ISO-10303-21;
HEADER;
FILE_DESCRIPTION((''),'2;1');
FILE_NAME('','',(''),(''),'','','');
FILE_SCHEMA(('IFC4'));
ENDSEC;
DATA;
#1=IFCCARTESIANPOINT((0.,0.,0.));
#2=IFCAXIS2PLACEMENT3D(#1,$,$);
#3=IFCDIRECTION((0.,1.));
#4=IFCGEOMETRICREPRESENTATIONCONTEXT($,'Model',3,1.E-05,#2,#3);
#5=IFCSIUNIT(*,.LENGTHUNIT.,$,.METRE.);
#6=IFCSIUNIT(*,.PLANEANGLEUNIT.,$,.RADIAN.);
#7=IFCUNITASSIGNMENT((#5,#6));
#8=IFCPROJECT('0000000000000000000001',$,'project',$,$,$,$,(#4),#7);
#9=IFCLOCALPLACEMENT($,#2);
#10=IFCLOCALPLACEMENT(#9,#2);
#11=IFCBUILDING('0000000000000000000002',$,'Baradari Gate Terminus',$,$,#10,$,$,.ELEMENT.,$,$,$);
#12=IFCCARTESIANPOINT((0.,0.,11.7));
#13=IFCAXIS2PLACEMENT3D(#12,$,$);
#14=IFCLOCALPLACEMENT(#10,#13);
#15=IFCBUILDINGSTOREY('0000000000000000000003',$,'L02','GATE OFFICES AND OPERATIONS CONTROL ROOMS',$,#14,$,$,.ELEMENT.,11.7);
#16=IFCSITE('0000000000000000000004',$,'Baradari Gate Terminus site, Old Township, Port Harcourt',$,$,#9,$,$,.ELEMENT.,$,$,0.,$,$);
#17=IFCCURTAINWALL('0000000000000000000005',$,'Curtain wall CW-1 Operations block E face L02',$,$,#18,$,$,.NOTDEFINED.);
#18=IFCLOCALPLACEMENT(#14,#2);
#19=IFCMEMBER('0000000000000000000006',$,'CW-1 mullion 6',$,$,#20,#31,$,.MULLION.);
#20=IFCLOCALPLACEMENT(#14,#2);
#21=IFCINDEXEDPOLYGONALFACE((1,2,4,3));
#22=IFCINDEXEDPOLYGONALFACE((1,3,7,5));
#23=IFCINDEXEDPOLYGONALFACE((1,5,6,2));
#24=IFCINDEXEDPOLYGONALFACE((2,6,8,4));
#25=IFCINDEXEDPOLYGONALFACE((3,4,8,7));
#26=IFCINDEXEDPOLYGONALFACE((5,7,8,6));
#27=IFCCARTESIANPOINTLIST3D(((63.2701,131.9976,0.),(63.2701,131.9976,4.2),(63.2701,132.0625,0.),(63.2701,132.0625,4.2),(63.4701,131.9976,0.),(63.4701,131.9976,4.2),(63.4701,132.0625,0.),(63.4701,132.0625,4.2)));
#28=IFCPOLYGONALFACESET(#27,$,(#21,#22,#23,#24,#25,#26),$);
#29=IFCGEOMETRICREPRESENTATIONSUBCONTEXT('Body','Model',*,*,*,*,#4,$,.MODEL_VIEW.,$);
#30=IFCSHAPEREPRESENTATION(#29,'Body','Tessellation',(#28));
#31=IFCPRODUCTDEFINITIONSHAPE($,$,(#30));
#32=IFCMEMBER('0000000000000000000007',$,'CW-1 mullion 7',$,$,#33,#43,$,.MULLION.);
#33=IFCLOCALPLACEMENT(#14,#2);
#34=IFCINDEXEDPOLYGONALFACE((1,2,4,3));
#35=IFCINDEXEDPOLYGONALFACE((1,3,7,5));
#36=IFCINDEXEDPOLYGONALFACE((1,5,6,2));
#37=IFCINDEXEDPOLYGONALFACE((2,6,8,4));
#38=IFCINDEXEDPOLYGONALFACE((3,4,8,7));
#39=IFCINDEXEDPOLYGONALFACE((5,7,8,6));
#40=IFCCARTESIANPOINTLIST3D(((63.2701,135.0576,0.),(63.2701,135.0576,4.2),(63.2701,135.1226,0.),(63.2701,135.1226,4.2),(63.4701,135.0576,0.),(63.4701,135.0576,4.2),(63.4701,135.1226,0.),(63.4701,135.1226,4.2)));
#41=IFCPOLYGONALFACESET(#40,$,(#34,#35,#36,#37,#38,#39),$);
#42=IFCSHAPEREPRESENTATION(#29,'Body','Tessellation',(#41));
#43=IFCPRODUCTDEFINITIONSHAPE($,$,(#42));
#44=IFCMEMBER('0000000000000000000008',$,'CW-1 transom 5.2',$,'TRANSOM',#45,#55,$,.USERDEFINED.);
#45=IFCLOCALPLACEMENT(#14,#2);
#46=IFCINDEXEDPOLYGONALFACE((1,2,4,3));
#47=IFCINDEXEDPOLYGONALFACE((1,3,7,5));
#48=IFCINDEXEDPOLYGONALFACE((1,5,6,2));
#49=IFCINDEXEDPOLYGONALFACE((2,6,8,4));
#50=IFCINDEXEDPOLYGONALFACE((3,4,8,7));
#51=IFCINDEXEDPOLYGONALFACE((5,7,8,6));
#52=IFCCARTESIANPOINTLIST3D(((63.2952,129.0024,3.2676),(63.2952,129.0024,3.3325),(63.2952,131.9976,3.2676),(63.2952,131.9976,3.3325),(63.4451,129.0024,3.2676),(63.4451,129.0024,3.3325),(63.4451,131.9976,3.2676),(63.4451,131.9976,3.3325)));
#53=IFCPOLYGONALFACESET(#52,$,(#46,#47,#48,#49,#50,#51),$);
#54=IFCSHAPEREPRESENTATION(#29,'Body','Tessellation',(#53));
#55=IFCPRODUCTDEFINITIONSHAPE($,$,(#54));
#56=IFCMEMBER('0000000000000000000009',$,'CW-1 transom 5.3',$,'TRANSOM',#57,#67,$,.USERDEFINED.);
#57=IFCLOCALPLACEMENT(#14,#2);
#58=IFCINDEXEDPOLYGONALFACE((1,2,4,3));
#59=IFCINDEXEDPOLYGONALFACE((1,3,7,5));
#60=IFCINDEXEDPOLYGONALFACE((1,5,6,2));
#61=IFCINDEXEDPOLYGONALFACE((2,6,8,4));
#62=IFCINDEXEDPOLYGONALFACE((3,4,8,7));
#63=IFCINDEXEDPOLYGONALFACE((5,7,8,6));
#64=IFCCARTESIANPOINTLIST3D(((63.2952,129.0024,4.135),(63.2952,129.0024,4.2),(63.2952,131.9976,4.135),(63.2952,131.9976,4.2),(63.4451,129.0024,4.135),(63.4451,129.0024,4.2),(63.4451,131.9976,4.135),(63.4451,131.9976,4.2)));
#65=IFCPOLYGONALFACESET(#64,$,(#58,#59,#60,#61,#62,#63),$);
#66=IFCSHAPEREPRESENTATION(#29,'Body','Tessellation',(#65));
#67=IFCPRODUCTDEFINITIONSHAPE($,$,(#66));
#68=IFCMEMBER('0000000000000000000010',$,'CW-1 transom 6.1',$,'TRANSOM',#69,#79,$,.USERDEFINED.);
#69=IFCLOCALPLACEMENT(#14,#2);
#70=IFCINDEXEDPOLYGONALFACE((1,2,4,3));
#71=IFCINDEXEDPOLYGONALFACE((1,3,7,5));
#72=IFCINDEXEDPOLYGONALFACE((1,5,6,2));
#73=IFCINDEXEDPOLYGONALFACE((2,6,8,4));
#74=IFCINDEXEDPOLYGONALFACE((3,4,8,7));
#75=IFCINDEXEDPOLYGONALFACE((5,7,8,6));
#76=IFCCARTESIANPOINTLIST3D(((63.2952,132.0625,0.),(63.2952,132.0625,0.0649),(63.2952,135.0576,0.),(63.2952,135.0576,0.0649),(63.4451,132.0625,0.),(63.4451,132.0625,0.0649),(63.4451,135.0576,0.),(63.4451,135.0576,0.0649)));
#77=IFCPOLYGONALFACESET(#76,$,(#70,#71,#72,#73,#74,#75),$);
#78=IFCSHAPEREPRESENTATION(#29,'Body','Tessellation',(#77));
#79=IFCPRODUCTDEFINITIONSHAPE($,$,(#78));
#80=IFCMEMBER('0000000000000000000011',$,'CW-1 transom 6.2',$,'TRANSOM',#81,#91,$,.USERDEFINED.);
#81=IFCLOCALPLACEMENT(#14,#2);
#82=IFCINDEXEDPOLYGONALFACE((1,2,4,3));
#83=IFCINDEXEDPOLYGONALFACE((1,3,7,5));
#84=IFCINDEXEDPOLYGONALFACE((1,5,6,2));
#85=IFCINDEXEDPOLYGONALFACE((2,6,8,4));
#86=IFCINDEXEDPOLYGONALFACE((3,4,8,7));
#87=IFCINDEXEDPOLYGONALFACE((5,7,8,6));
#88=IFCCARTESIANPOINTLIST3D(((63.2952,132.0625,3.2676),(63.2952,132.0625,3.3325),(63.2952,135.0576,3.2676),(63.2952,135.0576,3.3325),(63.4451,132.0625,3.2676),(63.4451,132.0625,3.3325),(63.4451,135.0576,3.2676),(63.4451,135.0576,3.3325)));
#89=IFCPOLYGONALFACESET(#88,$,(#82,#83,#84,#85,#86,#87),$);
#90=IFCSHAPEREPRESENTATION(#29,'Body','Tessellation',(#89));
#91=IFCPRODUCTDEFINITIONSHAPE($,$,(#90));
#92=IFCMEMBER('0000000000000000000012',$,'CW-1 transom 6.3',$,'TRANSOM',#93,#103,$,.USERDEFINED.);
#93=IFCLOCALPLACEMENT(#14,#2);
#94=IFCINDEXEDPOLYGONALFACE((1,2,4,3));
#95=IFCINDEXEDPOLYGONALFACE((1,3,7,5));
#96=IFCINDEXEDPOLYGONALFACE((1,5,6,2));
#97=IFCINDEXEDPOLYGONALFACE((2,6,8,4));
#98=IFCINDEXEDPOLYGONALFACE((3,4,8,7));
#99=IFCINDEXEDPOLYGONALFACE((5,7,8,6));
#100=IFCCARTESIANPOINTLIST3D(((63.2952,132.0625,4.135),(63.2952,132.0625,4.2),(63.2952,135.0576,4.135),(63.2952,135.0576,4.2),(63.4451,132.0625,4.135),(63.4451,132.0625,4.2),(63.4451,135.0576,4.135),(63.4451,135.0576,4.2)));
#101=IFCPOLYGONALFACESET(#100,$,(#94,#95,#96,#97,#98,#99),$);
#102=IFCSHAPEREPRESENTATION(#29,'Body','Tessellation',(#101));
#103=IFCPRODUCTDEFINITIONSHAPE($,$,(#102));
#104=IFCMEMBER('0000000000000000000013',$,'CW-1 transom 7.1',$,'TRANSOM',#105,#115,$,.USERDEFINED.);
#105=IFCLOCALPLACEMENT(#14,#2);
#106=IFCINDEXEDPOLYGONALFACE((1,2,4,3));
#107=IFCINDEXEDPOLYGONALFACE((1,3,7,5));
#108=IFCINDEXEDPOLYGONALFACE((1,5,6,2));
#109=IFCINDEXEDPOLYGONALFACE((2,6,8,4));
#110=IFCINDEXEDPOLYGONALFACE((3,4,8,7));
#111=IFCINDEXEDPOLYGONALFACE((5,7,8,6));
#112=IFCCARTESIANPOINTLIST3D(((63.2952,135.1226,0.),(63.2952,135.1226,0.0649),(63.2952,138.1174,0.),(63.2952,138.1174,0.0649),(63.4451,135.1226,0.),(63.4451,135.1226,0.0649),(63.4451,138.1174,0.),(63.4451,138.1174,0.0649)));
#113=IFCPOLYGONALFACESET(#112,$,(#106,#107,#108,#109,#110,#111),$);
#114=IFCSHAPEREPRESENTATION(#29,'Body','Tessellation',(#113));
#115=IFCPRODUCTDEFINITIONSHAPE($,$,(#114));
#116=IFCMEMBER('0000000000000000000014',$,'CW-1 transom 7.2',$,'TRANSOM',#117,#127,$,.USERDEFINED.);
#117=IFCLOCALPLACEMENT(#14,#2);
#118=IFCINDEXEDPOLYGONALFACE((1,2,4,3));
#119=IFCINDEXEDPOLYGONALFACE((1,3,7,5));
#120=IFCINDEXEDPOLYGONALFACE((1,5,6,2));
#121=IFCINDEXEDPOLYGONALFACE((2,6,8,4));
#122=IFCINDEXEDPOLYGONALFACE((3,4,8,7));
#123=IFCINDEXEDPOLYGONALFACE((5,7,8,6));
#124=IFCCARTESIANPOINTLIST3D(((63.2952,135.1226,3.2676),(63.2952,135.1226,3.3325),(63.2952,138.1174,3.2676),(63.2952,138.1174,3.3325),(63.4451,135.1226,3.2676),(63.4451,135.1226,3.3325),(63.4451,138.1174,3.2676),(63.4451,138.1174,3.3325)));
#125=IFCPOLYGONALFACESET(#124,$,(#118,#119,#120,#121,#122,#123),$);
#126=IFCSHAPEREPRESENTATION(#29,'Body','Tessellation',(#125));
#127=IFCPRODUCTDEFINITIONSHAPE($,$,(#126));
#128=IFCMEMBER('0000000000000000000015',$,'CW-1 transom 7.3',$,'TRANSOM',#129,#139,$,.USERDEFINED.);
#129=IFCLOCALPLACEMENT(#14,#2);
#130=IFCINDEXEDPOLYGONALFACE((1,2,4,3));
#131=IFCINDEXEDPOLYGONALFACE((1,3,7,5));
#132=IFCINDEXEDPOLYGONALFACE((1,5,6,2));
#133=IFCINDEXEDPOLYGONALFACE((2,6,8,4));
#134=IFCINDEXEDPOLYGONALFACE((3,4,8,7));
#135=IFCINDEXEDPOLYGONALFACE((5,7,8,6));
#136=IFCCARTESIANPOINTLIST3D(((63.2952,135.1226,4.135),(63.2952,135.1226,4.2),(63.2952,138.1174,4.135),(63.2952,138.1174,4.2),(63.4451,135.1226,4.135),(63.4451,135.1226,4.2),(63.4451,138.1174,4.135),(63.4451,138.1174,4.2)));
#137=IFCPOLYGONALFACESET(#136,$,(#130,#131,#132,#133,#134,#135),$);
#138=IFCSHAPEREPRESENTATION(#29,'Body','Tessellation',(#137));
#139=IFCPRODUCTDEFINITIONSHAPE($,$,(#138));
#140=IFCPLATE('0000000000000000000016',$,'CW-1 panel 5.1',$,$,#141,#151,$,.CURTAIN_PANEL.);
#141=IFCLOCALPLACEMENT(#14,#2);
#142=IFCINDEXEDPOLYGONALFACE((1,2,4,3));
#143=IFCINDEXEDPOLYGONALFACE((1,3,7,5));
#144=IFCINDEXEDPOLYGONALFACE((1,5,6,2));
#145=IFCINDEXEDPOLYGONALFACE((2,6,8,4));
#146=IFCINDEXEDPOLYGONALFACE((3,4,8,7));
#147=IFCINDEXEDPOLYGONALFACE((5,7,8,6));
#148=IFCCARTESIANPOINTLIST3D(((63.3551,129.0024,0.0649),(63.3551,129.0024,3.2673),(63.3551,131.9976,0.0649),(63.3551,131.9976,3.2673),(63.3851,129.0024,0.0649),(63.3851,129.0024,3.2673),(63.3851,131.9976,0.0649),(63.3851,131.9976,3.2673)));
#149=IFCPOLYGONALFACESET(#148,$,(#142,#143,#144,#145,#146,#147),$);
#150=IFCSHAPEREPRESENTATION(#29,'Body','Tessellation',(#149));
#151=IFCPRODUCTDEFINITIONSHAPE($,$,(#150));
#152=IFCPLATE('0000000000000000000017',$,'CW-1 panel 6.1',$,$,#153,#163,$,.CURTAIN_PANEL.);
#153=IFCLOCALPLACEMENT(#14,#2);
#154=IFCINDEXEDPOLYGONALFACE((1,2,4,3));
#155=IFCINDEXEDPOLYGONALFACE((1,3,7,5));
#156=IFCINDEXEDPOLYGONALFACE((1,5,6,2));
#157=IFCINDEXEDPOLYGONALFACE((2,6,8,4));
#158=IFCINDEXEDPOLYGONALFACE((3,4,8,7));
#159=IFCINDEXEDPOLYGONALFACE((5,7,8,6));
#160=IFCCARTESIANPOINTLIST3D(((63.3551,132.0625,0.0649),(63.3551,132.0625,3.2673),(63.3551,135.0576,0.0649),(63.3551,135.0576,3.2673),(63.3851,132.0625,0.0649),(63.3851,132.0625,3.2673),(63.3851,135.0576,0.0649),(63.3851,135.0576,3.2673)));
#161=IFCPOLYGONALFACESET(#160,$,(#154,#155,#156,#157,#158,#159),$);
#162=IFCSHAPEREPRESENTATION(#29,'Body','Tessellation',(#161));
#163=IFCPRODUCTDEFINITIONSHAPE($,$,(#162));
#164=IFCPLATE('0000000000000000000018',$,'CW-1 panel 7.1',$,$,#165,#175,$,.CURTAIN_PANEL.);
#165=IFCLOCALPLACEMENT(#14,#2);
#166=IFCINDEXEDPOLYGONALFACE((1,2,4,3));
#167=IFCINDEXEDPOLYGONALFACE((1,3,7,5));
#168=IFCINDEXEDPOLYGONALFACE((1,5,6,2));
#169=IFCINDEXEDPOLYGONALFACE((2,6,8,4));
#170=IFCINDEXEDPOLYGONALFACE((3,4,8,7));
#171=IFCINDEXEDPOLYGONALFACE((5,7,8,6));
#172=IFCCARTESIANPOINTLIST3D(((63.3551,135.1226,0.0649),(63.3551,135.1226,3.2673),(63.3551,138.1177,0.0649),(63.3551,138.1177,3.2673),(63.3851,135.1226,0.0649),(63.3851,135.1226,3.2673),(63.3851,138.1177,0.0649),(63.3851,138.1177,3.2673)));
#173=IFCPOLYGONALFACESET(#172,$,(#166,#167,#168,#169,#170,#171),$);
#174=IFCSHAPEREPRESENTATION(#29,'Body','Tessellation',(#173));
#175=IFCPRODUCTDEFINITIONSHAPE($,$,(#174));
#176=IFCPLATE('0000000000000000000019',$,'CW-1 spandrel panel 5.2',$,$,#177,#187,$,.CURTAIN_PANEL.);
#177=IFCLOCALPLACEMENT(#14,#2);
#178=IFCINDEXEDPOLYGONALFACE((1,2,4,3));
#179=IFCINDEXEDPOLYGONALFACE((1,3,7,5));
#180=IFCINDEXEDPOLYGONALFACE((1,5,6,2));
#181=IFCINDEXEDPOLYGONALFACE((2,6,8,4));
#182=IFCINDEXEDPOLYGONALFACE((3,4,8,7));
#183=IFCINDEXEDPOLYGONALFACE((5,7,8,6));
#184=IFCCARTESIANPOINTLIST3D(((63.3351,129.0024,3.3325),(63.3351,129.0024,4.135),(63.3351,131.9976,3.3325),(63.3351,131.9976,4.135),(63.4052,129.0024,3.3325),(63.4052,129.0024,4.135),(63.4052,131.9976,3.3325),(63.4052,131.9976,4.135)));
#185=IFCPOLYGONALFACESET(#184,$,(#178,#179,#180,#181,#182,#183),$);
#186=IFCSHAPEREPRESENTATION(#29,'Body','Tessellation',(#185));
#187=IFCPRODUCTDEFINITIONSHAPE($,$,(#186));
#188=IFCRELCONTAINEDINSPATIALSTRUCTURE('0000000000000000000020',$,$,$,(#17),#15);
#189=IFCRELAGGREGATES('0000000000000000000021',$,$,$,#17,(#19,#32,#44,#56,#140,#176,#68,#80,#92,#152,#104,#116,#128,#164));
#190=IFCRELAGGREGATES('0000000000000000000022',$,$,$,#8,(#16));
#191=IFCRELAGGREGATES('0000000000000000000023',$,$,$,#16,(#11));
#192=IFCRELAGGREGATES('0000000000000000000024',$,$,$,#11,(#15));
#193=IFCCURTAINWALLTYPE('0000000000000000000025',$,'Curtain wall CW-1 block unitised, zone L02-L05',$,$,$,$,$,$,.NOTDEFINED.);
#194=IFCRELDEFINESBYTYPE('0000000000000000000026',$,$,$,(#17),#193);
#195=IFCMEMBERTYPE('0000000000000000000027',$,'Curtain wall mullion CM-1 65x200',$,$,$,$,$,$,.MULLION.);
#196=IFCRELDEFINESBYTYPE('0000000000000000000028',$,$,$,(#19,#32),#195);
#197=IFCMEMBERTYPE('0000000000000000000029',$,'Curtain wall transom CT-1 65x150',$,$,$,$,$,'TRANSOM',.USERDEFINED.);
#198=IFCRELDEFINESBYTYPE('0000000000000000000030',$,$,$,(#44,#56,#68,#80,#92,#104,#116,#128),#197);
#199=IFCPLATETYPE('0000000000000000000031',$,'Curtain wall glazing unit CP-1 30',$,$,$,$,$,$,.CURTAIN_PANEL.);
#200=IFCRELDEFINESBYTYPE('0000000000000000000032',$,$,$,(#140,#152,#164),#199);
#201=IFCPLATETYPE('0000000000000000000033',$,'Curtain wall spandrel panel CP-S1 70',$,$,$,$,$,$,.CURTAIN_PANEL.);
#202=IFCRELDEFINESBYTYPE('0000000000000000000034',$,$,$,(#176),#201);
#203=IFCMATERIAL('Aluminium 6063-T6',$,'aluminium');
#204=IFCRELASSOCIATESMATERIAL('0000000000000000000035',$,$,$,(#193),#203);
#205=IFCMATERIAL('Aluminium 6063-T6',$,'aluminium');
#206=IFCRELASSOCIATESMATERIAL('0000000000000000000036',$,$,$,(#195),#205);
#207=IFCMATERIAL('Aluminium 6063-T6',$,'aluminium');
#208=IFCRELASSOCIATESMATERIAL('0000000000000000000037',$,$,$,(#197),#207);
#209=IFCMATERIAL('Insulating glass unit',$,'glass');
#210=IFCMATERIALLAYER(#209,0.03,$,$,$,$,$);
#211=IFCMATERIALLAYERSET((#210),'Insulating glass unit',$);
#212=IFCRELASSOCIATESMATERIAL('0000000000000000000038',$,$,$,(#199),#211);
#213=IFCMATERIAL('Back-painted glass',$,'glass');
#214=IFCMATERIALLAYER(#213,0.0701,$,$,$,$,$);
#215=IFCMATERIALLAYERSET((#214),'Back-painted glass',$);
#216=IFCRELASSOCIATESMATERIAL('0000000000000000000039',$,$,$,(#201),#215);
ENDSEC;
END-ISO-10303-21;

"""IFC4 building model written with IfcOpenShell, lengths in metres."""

from ifc_helpers import new_model, si_unit, direction, frame, origin, origin_2d, place, context, subcontext, project, spatial, rectangle, extrude, material, layer, layer_set, material_profile, profile_set, type_object, element, aggregate, save


model = new_model("IFC4")

# Units and contexts
model_context = context("Model", 3, precision=1e-05, world=origin(), true_north=direction((0.0, 1.0)))
body_context = subcontext(model_context, "Body", "Model", "MODEL_VIEW")
ifc_project = project(units=[si_unit("LENGTHUNIT", "METRE"), si_unit("PLANEANGLEUNIT", "RADIAN")], contexts=[model_context])

# Site, building, storey
site_placement = place(None, origin())
site = spatial("IfcSite", under=ifc_project, at=site_placement, Name="Baradari Gate Terminus site, Old Township, Port Harcourt", CompositionType="ELEMENT", RefElevation=0.0)
building_placement = place(site_placement, origin())
building = spatial("IfcBuilding", under=site, at=building_placement, Name="Baradari Gate Terminus", CompositionType="ELEMENT")
storey_placement = place(building_placement, frame((0.0, 0.0, 11.7)))
storey = spatial("IfcBuildingStorey", under=building, at=storey_placement, Name="L02", Description="GATE OFFICES AND OPERATIONS CONTROL ROOMS", CompositionType="ELEMENT", Elevation=11.7)

# Curtain wall, members, plates
ifc_material_1 = material(Name="Aluminium 6063-T6", Category="aluminium")
curtain_wall_type = type_object("IfcCurtainWallType", Name="Curtain wall CW-1 block unitised, zone L02-L05", PredefinedType="NOTDEFINED", material=ifc_material_1)
curtain_wall_placement = place(storey_placement, origin())
curtain_wall = element("IfcCurtainWall", 1, at=curtain_wall_placement, inside=storey, type_object=curtain_wall_type, Name="Curtain wall CW-1 Operations block E face L02", PredefinedType="NOTDEFINED")
ifc_material_2 = material(Name="Aluminium 6063-T6", Category="aluminium")
ifc_material_profile_1 = material_profile(ifc_material_2, rectangle(XDim=0.2, YDim=0.0649, at=origin_2d()), Name="CM-1 65X200")
ifc_profile_set_1 = profile_set([ifc_material_profile_1], Name="Aluminium 6063-T6")
member_type_1 = type_object("IfcMemberType", Name="Curtain wall mullion CM-1 65x200", PredefinedType="MULLION", material=ifc_profile_set_1)
member_1_placement = place(storey_placement, frame((63.3701, 132.03, 0.0), z_axis=(0.0, 0.0, 1.0), x_axis=(-1.0, 0.0, 0.0)))
member_1 = element("IfcMember", 2, at=member_1_placement, type_object=member_type_1, Name="CW-1 mullion 6", PredefinedType="MULLION", context=body_context, shape_type="SweptSolid", body=[
    extrude(rectangle(XDim=0.2, YDim=0.0649, at=origin_2d()), origin(), (0.0, 0.0, 1.0), 4.2),
])
member_2_placement = place(storey_placement, frame((63.3701, 135.0901, 0.0), z_axis=(0.0, 0.0, 1.0), x_axis=(-1.0, 0.0, 0.0)))
member_2 = element("IfcMember", 3, at=member_2_placement, type_object=member_type_1, Name="CW-1 mullion 7", PredefinedType="MULLION", context=body_context, shape_type="SweptSolid", body=[
    extrude(rectangle(XDim=0.2, YDim=0.0649, at=origin_2d()), origin(), (0.0, 0.0, 1.0), 4.2),
])
ifc_material_3 = material(Name="Aluminium 6063-T6", Category="aluminium")
ifc_material_profile_2 = material_profile(ifc_material_3, rectangle(XDim=0.1499, YDim=0.0649, at=origin_2d()), Name="CT-1 65X150")
ifc_profile_set_2 = profile_set([ifc_material_profile_2], Name="Aluminium 6063-T6")
member_type_2 = type_object("IfcMemberType", Name="Curtain wall transom CT-1 65x150", ElementType="TRANSOM", PredefinedType="USERDEFINED", material=ifc_profile_set_2)
member_3_placement = place(storey_placement, frame((63.3701, 129.0024, 3.3), z_axis=(0.0, 1.0, 0.0), x_axis=(-1.0, 0.0, 0.0)))
member_3 = element("IfcMember", 4, at=member_3_placement, type_object=member_type_2, Name="CW-1 transom 5.2", ObjectType="TRANSOM", PredefinedType="USERDEFINED", context=body_context, shape_type="SweptSolid", body=[
    extrude(rectangle(XDim=0.1499, YDim=0.0649, at=origin_2d()), origin(), (0.0, 0.0, 1.0), 2.9951),
])
member_4_placement = place(storey_placement, frame((63.3701, 129.0024, 4.1675), z_axis=(0.0, 1.0, 0.0), x_axis=(-1.0, 0.0, 0.0)))
member_4 = element("IfcMember", 5, at=member_4_placement, type_object=member_type_2, Name="CW-1 transom 5.3", ObjectType="TRANSOM", PredefinedType="USERDEFINED", context=body_context, shape_type="SweptSolid", body=[
    extrude(rectangle(XDim=0.1499, YDim=0.0649, at=origin_2d()), origin(), (0.0, 0.0, 1.0), 2.9951),
])
member_5_placement = place(storey_placement, frame((63.3701, 132.0625, 0.0325), z_axis=(0.0, 1.0, 0.0), x_axis=(-1.0, 0.0, 0.0)))
member_5 = element("IfcMember", 6, at=member_5_placement, type_object=member_type_2, Name="CW-1 transom 6.1", ObjectType="TRANSOM", PredefinedType="USERDEFINED", context=body_context, shape_type="SweptSolid", body=[
    extrude(rectangle(XDim=0.1499, YDim=0.0649, at=origin_2d()), origin(), (0.0, 0.0, 1.0), 2.9951),
])
member_6_placement = place(storey_placement, frame((63.3701, 132.0625, 3.3), z_axis=(0.0, 1.0, 0.0), x_axis=(-1.0, 0.0, 0.0)))
member_6 = element("IfcMember", 7, at=member_6_placement, type_object=member_type_2, Name="CW-1 transom 6.2", ObjectType="TRANSOM", PredefinedType="USERDEFINED", context=body_context, shape_type="SweptSolid", body=[
    extrude(rectangle(XDim=0.1499, YDim=0.0649, at=origin_2d()), origin(), (0.0, 0.0, 1.0), 2.9951),
])
member_7_placement = place(storey_placement, frame((63.3701, 132.0625, 4.1675), z_axis=(0.0, 1.0, 0.0), x_axis=(-1.0, 0.0, 0.0)))
member_7 = element("IfcMember", 8, at=member_7_placement, type_object=member_type_2, Name="CW-1 transom 6.3", ObjectType="TRANSOM", PredefinedType="USERDEFINED", context=body_context, shape_type="SweptSolid", body=[
    extrude(rectangle(XDim=0.1499, YDim=0.0649, at=origin_2d()), origin(), (0.0, 0.0, 1.0), 2.9951),
])
member_8_placement = place(storey_placement, frame((63.3701, 135.1226, 0.0325), z_axis=(0.0, 1.0, 0.0), x_axis=(-1.0, 0.0, 0.0)))
member_8 = element("IfcMember", 9, at=member_8_placement, type_object=member_type_2, Name="CW-1 transom 7.1", ObjectType="TRANSOM", PredefinedType="USERDEFINED", context=body_context, shape_type="SweptSolid", body=[
    extrude(rectangle(XDim=0.1499, YDim=0.0649, at=origin_2d()), origin(), (0.0, 0.0, 1.0), 2.9949),
])
member_9_placement = place(storey_placement, frame((63.3701, 135.1226, 3.3), z_axis=(0.0, 1.0, 0.0), x_axis=(-1.0, 0.0, 0.0)))
member_9 = element("IfcMember", 10, at=member_9_placement, type_object=member_type_2, Name="CW-1 transom 7.2", ObjectType="TRANSOM", PredefinedType="USERDEFINED", context=body_context, shape_type="SweptSolid", body=[
    extrude(rectangle(XDim=0.1499, YDim=0.0649, at=origin_2d()), origin(), (0.0, 0.0, 1.0), 2.9949),
])
member_10_placement = place(storey_placement, frame((63.3701, 135.1226, 4.1675), z_axis=(0.0, 1.0, 0.0), x_axis=(-1.0, 0.0, 0.0)))
member_10 = element("IfcMember", 11, at=member_10_placement, type_object=member_type_2, Name="CW-1 transom 7.3", ObjectType="TRANSOM", PredefinedType="USERDEFINED", context=body_context, shape_type="SweptSolid", body=[
    extrude(rectangle(XDim=0.1499, YDim=0.0649, at=origin_2d()), origin(), (0.0, 0.0, 1.0), 2.9949),
])
ifc_material_4 = material(Name="Insulating glass unit", Category="glass")
ifc_layer_1 = layer(ifc_material_4, 0.03)
ifc_layer_set_1 = layer_set([ifc_layer_1], Name="Insulating glass unit")
plate_type_1 = type_object("IfcPlateType", Name="Curtain wall glazing unit CP-1 30", PredefinedType="CURTAIN_PANEL", material=ifc_layer_set_1)
plate_1_placement = place(storey_placement, frame((63.3701, 130.5, 0.0649), z_axis=(0.0, 0.0, 1.0), x_axis=(0.0, 1.0, 0.0)))
plate_1 = element("IfcPlate", 12, at=plate_1_placement, type_object=plate_type_1, Name="CW-1 panel 5.1", PredefinedType="CURTAIN_PANEL", context=body_context, shape_type="SweptSolid", body=[
    extrude(rectangle(XDim=2.9951, YDim=0.03, at=origin_2d()), origin(), (0.0, 0.0, 1.0), 3.2024),
])
plate_2_placement = place(storey_placement, frame((63.3701, 133.5601, 0.0649), z_axis=(0.0, 0.0, 1.0), x_axis=(0.0, 1.0, 0.0)))
plate_2 = element("IfcPlate", 13, at=plate_2_placement, type_object=plate_type_1, Name="CW-1 panel 6.1", PredefinedType="CURTAIN_PANEL", context=body_context, shape_type="SweptSolid", body=[
    extrude(rectangle(XDim=2.9951, YDim=0.03, at=origin_2d()), origin(), (0.0, 0.0, 1.0), 3.2024),
])
plate_3_placement = place(storey_placement, frame((63.3701, 136.6201, 0.0649), z_axis=(0.0, 0.0, 1.0), x_axis=(0.0, 1.0, 0.0)))
plate_3 = element("IfcPlate", 14, at=plate_3_placement, type_object=plate_type_1, Name="CW-1 panel 7.1", PredefinedType="CURTAIN_PANEL", context=body_context, shape_type="SweptSolid", body=[
    extrude(rectangle(XDim=2.9951, YDim=0.03, at=origin_2d()), origin(), (0.0, 0.0, 1.0), 3.2024),
])
ifc_material_5 = material(Name="Back-painted glass", Category="glass")
ifc_layer_2 = layer(ifc_material_5, 0.0701)
ifc_layer_set_2 = layer_set([ifc_layer_2], Name="Back-painted glass")
plate_type_2 = type_object("IfcPlateType", Name="Curtain wall spandrel panel CP-S1 70", PredefinedType="CURTAIN_PANEL", material=ifc_layer_set_2)
plate_4_placement = place(storey_placement, frame((63.3701, 130.5, 3.3325), z_axis=(0.0, 0.0, 1.0), x_axis=(0.0, 1.0, 0.0)))
plate_4 = element("IfcPlate", 15, at=plate_4_placement, type_object=plate_type_2, Name="CW-1 spandrel panel 5.2", PredefinedType="CURTAIN_PANEL", context=body_context, shape_type="SweptSolid", body=[
    extrude(rectangle(XDim=2.9951, YDim=0.0701, at=origin_2d()), origin(), (0.0, 0.0, 1.0), 0.8025),
])
aggregate(curtain_wall, [member_1, member_2, member_3, member_4, plate_1, plate_4, member_5, member_6, member_7, plate_2, member_8, member_9, member_10, plate_3])

save(model, "model.ifc")
